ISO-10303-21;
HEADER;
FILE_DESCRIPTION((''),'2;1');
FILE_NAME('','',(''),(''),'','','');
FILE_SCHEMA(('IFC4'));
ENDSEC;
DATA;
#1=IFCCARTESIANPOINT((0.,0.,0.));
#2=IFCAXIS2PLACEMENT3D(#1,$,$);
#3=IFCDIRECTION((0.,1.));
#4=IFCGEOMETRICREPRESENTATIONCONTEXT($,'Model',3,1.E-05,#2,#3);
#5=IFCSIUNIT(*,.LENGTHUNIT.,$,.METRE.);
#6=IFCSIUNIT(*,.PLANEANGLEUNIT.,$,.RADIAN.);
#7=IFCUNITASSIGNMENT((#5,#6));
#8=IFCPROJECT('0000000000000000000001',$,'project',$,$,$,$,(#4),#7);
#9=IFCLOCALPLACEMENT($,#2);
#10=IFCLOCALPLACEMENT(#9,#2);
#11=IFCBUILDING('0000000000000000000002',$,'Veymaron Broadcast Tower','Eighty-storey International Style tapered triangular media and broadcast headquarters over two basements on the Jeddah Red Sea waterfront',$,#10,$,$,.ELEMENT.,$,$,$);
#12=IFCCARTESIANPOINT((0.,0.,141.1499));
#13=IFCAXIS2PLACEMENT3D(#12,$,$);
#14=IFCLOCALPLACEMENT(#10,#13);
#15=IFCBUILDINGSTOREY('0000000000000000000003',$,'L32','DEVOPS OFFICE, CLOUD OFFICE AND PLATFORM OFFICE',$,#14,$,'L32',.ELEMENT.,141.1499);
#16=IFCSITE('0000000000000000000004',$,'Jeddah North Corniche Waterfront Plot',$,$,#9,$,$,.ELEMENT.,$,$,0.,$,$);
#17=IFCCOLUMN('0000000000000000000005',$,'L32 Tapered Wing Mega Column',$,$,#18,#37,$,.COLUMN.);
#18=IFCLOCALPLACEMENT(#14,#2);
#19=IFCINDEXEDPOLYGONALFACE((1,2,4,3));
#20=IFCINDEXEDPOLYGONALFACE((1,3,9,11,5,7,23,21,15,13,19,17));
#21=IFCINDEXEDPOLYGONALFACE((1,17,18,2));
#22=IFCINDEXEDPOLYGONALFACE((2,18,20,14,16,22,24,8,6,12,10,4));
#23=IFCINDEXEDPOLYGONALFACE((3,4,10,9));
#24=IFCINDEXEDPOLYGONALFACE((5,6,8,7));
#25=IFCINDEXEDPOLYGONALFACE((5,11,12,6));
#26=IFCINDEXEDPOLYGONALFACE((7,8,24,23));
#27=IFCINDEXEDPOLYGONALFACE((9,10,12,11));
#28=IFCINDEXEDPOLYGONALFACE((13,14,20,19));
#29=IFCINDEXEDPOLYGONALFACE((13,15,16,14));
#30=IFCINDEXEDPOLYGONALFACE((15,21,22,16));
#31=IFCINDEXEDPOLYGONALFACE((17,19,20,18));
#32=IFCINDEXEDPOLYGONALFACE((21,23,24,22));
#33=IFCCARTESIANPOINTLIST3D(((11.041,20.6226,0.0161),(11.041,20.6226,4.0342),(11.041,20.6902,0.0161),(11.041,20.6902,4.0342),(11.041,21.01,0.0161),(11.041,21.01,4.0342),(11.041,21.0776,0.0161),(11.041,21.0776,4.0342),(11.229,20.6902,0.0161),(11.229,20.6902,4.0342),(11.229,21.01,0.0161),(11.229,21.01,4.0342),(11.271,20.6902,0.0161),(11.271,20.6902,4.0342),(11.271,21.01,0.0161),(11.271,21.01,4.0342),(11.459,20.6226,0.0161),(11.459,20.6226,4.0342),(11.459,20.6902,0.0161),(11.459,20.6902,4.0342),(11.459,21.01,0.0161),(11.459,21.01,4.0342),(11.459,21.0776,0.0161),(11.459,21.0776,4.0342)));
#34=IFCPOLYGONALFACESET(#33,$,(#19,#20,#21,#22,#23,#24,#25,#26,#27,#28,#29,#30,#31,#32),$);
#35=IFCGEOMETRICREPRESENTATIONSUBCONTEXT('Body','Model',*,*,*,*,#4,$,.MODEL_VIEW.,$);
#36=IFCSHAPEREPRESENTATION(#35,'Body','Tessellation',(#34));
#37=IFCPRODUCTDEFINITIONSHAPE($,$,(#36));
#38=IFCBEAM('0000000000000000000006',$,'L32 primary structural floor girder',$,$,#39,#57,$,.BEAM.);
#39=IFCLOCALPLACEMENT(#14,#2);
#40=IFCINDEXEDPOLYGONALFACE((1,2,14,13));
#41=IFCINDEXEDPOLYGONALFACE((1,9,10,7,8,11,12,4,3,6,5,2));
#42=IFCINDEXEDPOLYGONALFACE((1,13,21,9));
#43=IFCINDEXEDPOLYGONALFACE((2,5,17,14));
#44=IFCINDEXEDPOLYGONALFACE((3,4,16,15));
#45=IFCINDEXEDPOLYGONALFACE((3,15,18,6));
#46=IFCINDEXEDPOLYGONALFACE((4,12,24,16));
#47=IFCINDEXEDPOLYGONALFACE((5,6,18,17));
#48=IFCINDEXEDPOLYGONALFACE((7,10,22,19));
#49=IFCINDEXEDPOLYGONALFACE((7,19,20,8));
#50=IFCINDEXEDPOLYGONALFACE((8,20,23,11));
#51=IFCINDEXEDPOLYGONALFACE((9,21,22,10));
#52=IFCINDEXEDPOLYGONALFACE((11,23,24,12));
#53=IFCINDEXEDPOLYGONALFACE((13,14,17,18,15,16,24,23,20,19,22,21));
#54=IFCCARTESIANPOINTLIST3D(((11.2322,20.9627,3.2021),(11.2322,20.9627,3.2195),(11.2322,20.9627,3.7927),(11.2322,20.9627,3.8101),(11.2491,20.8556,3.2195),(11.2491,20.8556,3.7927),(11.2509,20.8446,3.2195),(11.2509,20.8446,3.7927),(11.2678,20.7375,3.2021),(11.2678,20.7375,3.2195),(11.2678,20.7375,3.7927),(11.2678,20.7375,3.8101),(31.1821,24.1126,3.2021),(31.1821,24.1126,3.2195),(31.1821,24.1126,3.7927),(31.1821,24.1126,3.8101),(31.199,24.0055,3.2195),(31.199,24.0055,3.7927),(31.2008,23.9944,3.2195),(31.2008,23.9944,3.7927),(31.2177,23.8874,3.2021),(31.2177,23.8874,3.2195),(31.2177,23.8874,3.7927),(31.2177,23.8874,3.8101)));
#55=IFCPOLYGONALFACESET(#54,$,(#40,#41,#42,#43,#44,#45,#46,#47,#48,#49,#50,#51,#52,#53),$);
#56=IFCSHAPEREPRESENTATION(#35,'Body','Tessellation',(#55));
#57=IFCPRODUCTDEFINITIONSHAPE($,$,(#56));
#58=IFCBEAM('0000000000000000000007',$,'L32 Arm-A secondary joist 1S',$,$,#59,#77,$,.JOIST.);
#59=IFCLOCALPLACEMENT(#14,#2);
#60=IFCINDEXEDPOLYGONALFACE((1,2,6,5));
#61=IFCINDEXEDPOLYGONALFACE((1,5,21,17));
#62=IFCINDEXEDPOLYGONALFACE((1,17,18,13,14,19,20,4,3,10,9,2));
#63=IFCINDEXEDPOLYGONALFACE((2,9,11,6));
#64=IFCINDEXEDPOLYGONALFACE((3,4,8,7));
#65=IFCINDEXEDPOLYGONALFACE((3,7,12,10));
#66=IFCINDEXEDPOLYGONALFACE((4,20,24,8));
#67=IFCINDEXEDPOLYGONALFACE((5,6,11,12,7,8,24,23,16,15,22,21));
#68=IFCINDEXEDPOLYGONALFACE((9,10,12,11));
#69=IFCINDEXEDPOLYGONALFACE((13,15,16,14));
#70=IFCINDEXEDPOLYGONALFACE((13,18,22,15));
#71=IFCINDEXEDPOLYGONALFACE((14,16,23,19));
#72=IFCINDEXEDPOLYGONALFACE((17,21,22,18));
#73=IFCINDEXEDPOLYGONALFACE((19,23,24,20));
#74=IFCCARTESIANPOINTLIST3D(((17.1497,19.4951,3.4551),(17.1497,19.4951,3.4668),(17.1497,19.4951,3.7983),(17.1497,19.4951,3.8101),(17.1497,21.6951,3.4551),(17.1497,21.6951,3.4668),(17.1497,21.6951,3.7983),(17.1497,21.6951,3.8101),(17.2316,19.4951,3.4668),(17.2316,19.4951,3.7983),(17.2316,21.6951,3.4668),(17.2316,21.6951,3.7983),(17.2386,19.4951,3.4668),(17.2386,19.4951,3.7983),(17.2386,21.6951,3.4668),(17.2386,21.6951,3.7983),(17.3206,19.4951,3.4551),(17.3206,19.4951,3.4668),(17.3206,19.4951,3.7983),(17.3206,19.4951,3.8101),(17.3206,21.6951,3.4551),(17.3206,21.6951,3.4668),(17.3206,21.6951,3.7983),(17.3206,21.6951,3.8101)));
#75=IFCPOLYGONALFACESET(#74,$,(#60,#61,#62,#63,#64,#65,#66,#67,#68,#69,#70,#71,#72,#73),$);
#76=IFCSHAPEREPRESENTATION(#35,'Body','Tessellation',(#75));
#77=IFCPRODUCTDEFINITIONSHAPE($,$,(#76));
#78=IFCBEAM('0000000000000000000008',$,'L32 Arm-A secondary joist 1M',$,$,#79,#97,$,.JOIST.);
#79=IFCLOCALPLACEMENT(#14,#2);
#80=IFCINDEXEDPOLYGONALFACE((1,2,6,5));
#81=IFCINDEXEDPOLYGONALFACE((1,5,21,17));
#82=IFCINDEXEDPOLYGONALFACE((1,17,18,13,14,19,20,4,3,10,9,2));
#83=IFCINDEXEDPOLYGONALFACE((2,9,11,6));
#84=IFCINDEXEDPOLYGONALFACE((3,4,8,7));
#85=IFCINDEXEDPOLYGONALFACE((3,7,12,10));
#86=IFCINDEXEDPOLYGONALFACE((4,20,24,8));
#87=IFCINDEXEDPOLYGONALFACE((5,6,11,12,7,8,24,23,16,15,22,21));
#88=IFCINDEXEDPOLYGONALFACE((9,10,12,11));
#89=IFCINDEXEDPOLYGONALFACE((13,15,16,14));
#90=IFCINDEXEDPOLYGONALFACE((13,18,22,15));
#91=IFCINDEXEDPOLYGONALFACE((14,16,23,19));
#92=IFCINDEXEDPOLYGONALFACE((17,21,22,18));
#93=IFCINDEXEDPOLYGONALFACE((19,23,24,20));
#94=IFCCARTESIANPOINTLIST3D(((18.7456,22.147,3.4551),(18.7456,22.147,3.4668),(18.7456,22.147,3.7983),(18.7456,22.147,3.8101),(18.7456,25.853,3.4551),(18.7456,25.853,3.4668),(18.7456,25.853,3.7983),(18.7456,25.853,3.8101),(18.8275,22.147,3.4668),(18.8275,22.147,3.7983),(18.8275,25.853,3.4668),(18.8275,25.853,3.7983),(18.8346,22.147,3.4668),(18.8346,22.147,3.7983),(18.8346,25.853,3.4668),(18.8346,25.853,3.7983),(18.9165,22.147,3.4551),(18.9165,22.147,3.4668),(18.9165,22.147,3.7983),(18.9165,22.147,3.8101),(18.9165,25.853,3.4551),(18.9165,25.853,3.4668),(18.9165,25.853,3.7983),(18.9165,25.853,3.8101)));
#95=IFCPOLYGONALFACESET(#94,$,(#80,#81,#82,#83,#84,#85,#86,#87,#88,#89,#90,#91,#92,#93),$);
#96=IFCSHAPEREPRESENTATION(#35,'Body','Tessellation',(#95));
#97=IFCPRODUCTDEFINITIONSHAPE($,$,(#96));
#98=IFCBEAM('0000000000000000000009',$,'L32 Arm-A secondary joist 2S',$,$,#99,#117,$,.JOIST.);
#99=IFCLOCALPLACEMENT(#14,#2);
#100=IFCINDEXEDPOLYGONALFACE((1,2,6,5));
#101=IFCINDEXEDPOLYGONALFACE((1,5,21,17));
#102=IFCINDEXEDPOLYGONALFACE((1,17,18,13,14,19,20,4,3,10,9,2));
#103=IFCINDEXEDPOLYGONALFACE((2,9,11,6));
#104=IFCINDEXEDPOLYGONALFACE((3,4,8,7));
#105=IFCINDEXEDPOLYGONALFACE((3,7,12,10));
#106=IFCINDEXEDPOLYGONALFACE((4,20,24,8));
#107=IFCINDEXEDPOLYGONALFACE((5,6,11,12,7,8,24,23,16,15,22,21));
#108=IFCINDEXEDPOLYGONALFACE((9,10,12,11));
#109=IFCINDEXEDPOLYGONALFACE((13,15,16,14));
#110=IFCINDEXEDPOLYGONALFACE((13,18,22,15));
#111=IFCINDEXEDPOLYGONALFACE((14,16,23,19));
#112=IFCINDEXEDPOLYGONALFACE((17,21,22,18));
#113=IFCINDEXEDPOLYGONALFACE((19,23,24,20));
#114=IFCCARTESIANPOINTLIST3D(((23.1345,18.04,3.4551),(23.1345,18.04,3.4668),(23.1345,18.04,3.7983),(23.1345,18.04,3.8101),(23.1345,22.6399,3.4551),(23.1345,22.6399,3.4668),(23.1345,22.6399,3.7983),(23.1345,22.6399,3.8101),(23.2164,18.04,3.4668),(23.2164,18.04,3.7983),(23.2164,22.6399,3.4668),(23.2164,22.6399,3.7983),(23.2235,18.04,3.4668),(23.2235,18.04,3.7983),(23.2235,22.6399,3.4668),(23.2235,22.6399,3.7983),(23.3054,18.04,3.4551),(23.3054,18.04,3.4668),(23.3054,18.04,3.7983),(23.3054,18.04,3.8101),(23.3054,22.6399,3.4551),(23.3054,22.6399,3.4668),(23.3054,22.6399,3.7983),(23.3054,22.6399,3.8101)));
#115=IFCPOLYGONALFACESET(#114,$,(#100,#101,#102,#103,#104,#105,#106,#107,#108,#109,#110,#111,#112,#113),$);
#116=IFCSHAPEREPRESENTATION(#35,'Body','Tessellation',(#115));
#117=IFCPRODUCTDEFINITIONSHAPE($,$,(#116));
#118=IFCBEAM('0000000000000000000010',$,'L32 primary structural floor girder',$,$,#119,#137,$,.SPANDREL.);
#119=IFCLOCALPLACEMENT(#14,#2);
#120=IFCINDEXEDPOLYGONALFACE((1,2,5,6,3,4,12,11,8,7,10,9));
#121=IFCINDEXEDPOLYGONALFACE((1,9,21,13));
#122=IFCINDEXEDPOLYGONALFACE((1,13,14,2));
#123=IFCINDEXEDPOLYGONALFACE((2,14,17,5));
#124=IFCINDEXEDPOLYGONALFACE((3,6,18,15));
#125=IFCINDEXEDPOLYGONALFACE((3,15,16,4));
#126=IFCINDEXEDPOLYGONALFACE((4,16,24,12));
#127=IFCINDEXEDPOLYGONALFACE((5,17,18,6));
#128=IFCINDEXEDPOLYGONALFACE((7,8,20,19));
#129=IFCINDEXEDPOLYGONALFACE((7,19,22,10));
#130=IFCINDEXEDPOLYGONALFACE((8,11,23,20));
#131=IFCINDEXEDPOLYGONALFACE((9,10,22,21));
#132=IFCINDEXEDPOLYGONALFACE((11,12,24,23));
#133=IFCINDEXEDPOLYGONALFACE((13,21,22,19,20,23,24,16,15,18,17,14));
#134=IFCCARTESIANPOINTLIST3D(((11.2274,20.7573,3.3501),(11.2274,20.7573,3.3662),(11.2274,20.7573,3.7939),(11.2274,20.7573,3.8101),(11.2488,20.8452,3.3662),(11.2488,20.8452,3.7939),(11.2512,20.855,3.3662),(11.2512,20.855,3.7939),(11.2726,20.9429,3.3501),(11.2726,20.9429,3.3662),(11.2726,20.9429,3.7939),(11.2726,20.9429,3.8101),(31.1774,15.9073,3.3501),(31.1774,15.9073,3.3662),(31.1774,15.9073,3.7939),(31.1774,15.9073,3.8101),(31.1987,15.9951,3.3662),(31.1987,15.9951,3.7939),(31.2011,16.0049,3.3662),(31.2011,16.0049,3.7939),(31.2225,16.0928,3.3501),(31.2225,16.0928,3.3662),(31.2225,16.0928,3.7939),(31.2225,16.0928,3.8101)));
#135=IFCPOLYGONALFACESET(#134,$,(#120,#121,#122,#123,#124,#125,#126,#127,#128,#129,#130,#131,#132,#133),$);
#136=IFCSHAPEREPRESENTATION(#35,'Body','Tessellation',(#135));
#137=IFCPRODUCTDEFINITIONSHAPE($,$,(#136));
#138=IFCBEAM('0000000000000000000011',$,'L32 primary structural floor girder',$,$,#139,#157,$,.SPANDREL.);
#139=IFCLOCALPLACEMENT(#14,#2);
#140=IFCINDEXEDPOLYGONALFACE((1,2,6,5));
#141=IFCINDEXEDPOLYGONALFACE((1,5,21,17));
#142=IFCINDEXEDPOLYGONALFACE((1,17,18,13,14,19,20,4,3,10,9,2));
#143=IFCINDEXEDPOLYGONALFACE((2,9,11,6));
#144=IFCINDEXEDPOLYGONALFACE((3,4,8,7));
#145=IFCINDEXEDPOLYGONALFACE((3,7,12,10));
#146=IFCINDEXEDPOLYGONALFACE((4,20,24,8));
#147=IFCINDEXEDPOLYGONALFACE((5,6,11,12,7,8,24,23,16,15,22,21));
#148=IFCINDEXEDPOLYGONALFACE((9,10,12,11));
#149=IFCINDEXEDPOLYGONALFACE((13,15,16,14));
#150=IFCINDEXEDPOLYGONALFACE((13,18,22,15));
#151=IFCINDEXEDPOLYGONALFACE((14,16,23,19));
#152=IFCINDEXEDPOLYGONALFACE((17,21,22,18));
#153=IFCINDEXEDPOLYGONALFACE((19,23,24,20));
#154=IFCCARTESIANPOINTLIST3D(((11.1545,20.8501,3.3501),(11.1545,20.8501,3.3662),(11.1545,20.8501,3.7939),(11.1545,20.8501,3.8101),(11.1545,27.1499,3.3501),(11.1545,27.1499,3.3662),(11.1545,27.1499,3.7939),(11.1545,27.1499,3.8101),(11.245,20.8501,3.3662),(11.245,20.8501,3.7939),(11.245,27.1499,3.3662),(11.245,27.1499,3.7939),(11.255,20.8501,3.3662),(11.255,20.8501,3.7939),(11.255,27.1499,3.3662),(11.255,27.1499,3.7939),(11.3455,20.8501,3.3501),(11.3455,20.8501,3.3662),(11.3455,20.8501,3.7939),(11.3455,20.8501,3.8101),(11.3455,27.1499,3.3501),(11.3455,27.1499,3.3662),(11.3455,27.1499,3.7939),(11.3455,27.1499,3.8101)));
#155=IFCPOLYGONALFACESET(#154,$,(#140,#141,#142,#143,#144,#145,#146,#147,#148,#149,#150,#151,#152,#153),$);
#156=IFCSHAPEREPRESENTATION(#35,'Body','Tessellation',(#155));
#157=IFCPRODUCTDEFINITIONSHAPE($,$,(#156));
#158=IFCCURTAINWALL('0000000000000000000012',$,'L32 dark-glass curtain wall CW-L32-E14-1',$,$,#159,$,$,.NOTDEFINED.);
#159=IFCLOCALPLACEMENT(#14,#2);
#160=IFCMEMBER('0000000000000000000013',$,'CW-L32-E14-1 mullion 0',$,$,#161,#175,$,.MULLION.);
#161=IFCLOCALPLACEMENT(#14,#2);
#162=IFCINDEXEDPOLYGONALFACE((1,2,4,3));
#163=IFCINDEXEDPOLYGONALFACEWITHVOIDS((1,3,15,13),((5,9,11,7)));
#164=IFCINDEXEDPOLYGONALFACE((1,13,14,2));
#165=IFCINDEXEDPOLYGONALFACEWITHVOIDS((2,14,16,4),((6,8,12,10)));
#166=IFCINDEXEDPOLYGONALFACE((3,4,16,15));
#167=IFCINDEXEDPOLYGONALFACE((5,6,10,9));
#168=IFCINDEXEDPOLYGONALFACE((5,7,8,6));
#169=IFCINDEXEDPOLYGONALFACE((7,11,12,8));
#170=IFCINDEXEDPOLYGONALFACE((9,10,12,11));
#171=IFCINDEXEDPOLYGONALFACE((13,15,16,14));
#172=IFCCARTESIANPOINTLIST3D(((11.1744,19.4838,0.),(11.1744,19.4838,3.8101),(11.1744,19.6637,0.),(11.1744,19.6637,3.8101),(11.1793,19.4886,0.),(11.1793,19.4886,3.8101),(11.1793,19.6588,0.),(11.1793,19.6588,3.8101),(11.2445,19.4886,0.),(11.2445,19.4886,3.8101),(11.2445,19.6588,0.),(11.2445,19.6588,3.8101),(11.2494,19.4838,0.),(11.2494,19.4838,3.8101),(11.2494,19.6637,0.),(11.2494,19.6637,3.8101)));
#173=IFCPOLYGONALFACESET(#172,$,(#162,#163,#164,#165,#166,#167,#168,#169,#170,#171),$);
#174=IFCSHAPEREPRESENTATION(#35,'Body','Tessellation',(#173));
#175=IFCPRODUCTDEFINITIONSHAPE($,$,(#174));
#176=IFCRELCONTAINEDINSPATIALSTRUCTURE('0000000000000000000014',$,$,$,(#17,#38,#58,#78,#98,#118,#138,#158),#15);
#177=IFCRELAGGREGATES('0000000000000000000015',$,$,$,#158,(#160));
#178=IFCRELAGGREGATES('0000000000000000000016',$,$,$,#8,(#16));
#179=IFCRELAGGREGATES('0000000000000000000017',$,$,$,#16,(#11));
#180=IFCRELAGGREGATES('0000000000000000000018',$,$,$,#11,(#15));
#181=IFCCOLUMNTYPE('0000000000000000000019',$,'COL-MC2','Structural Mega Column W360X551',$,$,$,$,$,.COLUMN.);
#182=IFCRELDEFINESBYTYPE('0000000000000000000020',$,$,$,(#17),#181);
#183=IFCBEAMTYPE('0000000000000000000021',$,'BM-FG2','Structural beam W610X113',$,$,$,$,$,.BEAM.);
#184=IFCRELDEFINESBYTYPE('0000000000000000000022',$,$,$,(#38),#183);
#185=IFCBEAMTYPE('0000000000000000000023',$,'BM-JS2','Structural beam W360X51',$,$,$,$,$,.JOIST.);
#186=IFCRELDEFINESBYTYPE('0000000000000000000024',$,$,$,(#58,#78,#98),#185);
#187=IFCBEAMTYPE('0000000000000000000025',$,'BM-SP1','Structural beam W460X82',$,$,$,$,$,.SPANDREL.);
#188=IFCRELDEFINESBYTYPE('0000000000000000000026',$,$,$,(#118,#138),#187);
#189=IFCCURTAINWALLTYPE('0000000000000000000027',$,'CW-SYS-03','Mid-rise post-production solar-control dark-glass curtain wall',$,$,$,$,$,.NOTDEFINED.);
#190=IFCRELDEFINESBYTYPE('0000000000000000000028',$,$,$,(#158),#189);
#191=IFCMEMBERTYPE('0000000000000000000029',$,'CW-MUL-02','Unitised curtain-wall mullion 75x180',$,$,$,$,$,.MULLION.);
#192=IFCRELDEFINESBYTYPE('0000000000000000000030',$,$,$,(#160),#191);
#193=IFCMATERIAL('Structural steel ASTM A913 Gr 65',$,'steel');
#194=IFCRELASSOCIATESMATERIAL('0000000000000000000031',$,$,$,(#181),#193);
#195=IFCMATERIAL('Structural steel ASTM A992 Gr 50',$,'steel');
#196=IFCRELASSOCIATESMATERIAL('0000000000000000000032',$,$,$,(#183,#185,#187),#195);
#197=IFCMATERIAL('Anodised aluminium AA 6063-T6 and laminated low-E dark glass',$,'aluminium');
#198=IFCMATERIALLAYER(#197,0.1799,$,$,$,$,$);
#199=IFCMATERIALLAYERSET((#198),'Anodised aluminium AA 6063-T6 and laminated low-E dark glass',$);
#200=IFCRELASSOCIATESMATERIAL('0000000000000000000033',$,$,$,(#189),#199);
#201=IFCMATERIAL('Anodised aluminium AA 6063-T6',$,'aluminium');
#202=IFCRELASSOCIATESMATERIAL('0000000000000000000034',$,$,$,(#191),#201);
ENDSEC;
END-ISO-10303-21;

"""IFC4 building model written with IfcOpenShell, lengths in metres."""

from ifc_helpers import new_model, si_unit, direction, frame, origin, origin_2d, place, context, subcontext, project, spatial, hollow_rectangle, i_section, extrude, material, layer, layer_set, material_profile, profile_set, type_object, element, aggregate, save


model = new_model("IFC4")

# Units and contexts
model_context = context("Model", 3, precision=1e-05, world=origin(), true_north=direction((0.0, 1.0)))
body_context = subcontext(model_context, "Body", "Model", "MODEL_VIEW")
ifc_project = project(units=[si_unit("LENGTHUNIT", "METRE"), si_unit("PLANEANGLEUNIT", "RADIAN")], contexts=[model_context])

# Site, building, storey
site_placement = place(None, origin())
site = spatial("IfcSite", under=ifc_project, at=site_placement, Name="Jeddah North Corniche Waterfront Plot", CompositionType="ELEMENT", RefElevation=0.0)
building_placement = place(site_placement, origin())
building = spatial("IfcBuilding", under=site, at=building_placement, Name="Veymaron Broadcast Tower", Description="Eighty-storey International Style tapered triangular media and broadcast headquarters over two basements on the Jeddah Red Sea waterfront", CompositionType="ELEMENT")
storey_placement = place(building_placement, frame((0.0, 0.0, 141.1499)))
storey = spatial("IfcBuildingStorey", under=building, at=storey_placement, Name="L32", Description="DEVOPS OFFICE, CLOUD OFFICE AND PLATFORM OFFICE", LongName="L32", CompositionType="ELEMENT", Elevation=141.1499)

# Column
ifc_material_1 = material(Name="Structural steel ASTM A913 Gr 65", Category="steel")
ifc_material_profile_1 = material_profile(ifc_material_1, i_section(OverallWidth=0.418, OverallDepth=0.4551, WebThickness=0.042, FlangeThickness=0.0676, at=origin_2d()), Name="W360X551")
ifc_profile_set_1 = profile_set([ifc_material_profile_1], Name="Structural steel ASTM A913 Gr 65")
column_type = type_object("IfcColumnType", Name="COL-MC2", Description="Structural Mega Column W360X551", PredefinedType="COLUMN", material=ifc_profile_set_1)
column_placement = place(storey_placement, frame((11.25, 20.8501, 0.0161), z_axis=(0.0, 0.0, 1.0), x_axis=(1.0, 0.0, 0.0)))
element("IfcColumn", 1, at=column_placement, inside=storey, type_object=column_type, Name="L32 Tapered Wing Mega Column", PredefinedType="COLUMN", context=body_context, shape_type="SweptSolid", body=[
    extrude(i_section(OverallWidth=0.418, OverallDepth=0.4551, WebThickness=0.042, FlangeThickness=0.0676, at=origin_2d()), origin(), (0.0, 0.0, 1.0), 4.0181),
])

# Beams
ifc_material_2 = material(Name="Structural steel ASTM A992 Gr 50", Category="steel")
ifc_material_profile_2 = material_profile(ifc_material_2, i_section(OverallWidth=0.228, OverallDepth=0.6079, WebThickness=0.0112, FlangeThickness=0.0173, at=origin_2d()), Name="W610X113")
ifc_profile_set_2 = profile_set([ifc_material_profile_2], Name="Structural steel ASTM A992 Gr 50")
beam_type_1 = type_object("IfcBeamType", Name="BM-FG2", Description="Structural beam W610X113", PredefinedType="BEAM", material=ifc_profile_set_2)
beam_1_placement = place(storey_placement, frame((11.25, 20.8501, 3.5061), z_axis=(0.987764, 0.155958, 0.0), x_axis=(-0.155958, 0.987764, 0.0)))
element("IfcBeam", 2, at=beam_1_placement, inside=storey, type_object=beam_type_1, Name="L32 primary structural floor girder", PredefinedType="BEAM", context=body_context, shape_type="SweptSolid", body=[
    extrude(i_section(OverallWidth=0.228, OverallDepth=0.6079, WebThickness=0.0112, FlangeThickness=0.0173, at=origin_2d()), origin(), (0.0, 0.0, 1.0), 20.197),
])
ifc_material_profile_3 = material_profile(ifc_material_2, i_section(OverallWidth=0.1709, OverallDepth=0.355, WebThickness=0.0071, FlangeThickness=0.0117, at=origin_2d()), Name="W360X51")
ifc_profile_set_3 = profile_set([ifc_material_profile_3], Name="Structural steel ASTM A992 Gr 50")
beam_type_2 = type_object("IfcBeamType", Name="BM-JS2", Description="Structural beam W360X51", PredefinedType="JOIST", material=ifc_profile_set_3)
beam_2_placement = place(storey_placement, frame((17.2351, 19.4951, 3.6326), z_axis=(0.0, 1.0, 0.0), x_axis=(-1.0, 0.0, 0.0)))
element("IfcBeam", 3, at=beam_2_placement, inside=storey, type_object=beam_type_2, Name="L32 Arm-A secondary joist 1S", PredefinedType="JOIST", context=body_context, shape_type="SweptSolid", body=[
    extrude(i_section(OverallWidth=0.1709, OverallDepth=0.355, WebThickness=0.0071, FlangeThickness=0.0117, at=origin_2d()), origin(), (0.0, 0.0, 1.0), 2.2),
])
beam_3_placement = place(storey_placement, frame((18.8311, 22.147, 3.6326), z_axis=(0.0, 1.0, 0.0), x_axis=(-1.0, 0.0, 0.0)))
element("IfcBeam", 4, at=beam_3_placement, inside=storey, type_object=beam_type_2, Name="L32 Arm-A secondary joist 1M", PredefinedType="JOIST", context=body_context, shape_type="SweptSolid", body=[
    extrude(i_section(OverallWidth=0.1709, OverallDepth=0.355, WebThickness=0.0071, FlangeThickness=0.0117, at=origin_2d()), origin(), (0.0, 0.0, 1.0), 3.7061),
])
beam_4_placement = place(storey_placement, frame((23.22, 18.04, 3.6326), z_axis=(0.0, 1.0, 0.0), x_axis=(-1.0, 0.0, 0.0)))
element("IfcBeam", 5, at=beam_4_placement, inside=storey, type_object=beam_type_2, Name="L32 Arm-A secondary joist 2S", PredefinedType="JOIST", context=body_context, shape_type="SweptSolid", body=[
    extrude(i_section(OverallWidth=0.1709, OverallDepth=0.355, WebThickness=0.0071, FlangeThickness=0.0117, at=origin_2d()), origin(), (0.0, 0.0, 1.0), 4.5999),
])
ifc_material_profile_4 = material_profile(ifc_material_2, i_section(OverallWidth=0.1909, OverallDepth=0.46, WebThickness=0.01, FlangeThickness=0.0161, at=origin_2d()), Name="W460X82")
ifc_profile_set_4 = profile_set([ifc_material_profile_4], Name="Structural steel ASTM A992 Gr 50")
beam_type_3 = type_object("IfcBeamType", Name="BM-SP1", Description="Structural beam W460X82", PredefinedType="SPANDREL", material=ifc_profile_set_4)
beam_5_placement = place(storey_placement, frame((11.25, 20.8501, 3.5801), z_axis=(0.971697, -0.236232, 0.0), x_axis=(0.236232, 0.971697, 0.0)))
element("IfcBeam", 6, at=beam_5_placement, inside=storey, type_object=beam_type_3, Name="L32 primary structural floor girder", PredefinedType="SPANDREL", context=body_context, shape_type="SweptSolid", body=[
    extrude(i_section(OverallWidth=0.1909, OverallDepth=0.46, WebThickness=0.01, FlangeThickness=0.0161, at=origin_2d()), origin(), (0.0, 0.0, 1.0), 20.531),
])
beam_6_placement = place(storey_placement, frame((11.25, 20.8501, 3.5801), z_axis=(0.0, 1.0, 0.0), x_axis=(-1.0, 0.0, 0.0)))
element("IfcBeam", 7, at=beam_6_placement, inside=storey, type_object=beam_type_3, Name="L32 primary structural floor girder", PredefinedType="SPANDREL", context=body_context, shape_type="SweptSolid", body=[
    extrude(i_section(OverallWidth=0.1909, OverallDepth=0.46, WebThickness=0.01, FlangeThickness=0.0161, at=origin_2d()), origin(), (0.0, 0.0, 1.0), 6.2998),
])

# Curtain wall, member
ifc_material_3 = material(Name="Anodised aluminium AA 6063-T6 and laminated low-E dark glass", Category="aluminium")
ifc_layer_1 = layer(ifc_material_3, 0.1799)
ifc_layer_set_1 = layer_set([ifc_layer_1], Name="Anodised aluminium AA 6063-T6 and laminated low-E dark glass")
curtain_wall_type = type_object("IfcCurtainWallType", Name="CW-SYS-03", Description="Mid-rise post-production solar-control dark-glass curtain wall", PredefinedType="NOTDEFINED", material=ifc_layer_set_1)
curtain_wall_placement = place(storey_placement, origin())
curtain_wall = element("IfcCurtainWall", 8, at=curtain_wall_placement, inside=storey, type_object=curtain_wall_type, Name="L32 dark-glass curtain wall CW-L32-E14-1", PredefinedType="NOTDEFINED")
ifc_material_4 = material(Name="Anodised aluminium AA 6063-T6", Category="aluminium")
ifc_material_profile_5 = material_profile(ifc_material_4, hollow_rectangle(XDim=0.075, YDim=0.1799, WallThickness=0.0049, at=origin_2d()), Name="AL180X75X5")
ifc_profile_set_5 = profile_set([ifc_material_profile_5], Name="Anodised aluminium AA 6063-T6")
member_type_1 = type_object("IfcMemberType", Name="CW-MUL-02", Description="Unitised curtain-wall mullion 75x180", PredefinedType="MULLION", material=ifc_profile_set_5)
member_1_placement = place(storey_placement, frame((11.2119, 19.5737, 0.0), z_axis=(0.0, 0.0, 1.0), x_axis=(1.0, 0.0, 0.0)))
member_1 = element("IfcMember", 9, at=member_1_placement, type_object=member_type_1, Name="CW-L32-E14-1 mullion 0", PredefinedType="MULLION", context=body_context, shape_type="SweptSolid", body=[
    extrude(hollow_rectangle(XDim=0.075, YDim=0.1799, WallThickness=0.0049, at=origin_2d()), origin(), (0.0, 0.0, 1.0), 3.8101),
])
aggregate(curtain_wall, [member_1])

save(model, "model.ifc")
